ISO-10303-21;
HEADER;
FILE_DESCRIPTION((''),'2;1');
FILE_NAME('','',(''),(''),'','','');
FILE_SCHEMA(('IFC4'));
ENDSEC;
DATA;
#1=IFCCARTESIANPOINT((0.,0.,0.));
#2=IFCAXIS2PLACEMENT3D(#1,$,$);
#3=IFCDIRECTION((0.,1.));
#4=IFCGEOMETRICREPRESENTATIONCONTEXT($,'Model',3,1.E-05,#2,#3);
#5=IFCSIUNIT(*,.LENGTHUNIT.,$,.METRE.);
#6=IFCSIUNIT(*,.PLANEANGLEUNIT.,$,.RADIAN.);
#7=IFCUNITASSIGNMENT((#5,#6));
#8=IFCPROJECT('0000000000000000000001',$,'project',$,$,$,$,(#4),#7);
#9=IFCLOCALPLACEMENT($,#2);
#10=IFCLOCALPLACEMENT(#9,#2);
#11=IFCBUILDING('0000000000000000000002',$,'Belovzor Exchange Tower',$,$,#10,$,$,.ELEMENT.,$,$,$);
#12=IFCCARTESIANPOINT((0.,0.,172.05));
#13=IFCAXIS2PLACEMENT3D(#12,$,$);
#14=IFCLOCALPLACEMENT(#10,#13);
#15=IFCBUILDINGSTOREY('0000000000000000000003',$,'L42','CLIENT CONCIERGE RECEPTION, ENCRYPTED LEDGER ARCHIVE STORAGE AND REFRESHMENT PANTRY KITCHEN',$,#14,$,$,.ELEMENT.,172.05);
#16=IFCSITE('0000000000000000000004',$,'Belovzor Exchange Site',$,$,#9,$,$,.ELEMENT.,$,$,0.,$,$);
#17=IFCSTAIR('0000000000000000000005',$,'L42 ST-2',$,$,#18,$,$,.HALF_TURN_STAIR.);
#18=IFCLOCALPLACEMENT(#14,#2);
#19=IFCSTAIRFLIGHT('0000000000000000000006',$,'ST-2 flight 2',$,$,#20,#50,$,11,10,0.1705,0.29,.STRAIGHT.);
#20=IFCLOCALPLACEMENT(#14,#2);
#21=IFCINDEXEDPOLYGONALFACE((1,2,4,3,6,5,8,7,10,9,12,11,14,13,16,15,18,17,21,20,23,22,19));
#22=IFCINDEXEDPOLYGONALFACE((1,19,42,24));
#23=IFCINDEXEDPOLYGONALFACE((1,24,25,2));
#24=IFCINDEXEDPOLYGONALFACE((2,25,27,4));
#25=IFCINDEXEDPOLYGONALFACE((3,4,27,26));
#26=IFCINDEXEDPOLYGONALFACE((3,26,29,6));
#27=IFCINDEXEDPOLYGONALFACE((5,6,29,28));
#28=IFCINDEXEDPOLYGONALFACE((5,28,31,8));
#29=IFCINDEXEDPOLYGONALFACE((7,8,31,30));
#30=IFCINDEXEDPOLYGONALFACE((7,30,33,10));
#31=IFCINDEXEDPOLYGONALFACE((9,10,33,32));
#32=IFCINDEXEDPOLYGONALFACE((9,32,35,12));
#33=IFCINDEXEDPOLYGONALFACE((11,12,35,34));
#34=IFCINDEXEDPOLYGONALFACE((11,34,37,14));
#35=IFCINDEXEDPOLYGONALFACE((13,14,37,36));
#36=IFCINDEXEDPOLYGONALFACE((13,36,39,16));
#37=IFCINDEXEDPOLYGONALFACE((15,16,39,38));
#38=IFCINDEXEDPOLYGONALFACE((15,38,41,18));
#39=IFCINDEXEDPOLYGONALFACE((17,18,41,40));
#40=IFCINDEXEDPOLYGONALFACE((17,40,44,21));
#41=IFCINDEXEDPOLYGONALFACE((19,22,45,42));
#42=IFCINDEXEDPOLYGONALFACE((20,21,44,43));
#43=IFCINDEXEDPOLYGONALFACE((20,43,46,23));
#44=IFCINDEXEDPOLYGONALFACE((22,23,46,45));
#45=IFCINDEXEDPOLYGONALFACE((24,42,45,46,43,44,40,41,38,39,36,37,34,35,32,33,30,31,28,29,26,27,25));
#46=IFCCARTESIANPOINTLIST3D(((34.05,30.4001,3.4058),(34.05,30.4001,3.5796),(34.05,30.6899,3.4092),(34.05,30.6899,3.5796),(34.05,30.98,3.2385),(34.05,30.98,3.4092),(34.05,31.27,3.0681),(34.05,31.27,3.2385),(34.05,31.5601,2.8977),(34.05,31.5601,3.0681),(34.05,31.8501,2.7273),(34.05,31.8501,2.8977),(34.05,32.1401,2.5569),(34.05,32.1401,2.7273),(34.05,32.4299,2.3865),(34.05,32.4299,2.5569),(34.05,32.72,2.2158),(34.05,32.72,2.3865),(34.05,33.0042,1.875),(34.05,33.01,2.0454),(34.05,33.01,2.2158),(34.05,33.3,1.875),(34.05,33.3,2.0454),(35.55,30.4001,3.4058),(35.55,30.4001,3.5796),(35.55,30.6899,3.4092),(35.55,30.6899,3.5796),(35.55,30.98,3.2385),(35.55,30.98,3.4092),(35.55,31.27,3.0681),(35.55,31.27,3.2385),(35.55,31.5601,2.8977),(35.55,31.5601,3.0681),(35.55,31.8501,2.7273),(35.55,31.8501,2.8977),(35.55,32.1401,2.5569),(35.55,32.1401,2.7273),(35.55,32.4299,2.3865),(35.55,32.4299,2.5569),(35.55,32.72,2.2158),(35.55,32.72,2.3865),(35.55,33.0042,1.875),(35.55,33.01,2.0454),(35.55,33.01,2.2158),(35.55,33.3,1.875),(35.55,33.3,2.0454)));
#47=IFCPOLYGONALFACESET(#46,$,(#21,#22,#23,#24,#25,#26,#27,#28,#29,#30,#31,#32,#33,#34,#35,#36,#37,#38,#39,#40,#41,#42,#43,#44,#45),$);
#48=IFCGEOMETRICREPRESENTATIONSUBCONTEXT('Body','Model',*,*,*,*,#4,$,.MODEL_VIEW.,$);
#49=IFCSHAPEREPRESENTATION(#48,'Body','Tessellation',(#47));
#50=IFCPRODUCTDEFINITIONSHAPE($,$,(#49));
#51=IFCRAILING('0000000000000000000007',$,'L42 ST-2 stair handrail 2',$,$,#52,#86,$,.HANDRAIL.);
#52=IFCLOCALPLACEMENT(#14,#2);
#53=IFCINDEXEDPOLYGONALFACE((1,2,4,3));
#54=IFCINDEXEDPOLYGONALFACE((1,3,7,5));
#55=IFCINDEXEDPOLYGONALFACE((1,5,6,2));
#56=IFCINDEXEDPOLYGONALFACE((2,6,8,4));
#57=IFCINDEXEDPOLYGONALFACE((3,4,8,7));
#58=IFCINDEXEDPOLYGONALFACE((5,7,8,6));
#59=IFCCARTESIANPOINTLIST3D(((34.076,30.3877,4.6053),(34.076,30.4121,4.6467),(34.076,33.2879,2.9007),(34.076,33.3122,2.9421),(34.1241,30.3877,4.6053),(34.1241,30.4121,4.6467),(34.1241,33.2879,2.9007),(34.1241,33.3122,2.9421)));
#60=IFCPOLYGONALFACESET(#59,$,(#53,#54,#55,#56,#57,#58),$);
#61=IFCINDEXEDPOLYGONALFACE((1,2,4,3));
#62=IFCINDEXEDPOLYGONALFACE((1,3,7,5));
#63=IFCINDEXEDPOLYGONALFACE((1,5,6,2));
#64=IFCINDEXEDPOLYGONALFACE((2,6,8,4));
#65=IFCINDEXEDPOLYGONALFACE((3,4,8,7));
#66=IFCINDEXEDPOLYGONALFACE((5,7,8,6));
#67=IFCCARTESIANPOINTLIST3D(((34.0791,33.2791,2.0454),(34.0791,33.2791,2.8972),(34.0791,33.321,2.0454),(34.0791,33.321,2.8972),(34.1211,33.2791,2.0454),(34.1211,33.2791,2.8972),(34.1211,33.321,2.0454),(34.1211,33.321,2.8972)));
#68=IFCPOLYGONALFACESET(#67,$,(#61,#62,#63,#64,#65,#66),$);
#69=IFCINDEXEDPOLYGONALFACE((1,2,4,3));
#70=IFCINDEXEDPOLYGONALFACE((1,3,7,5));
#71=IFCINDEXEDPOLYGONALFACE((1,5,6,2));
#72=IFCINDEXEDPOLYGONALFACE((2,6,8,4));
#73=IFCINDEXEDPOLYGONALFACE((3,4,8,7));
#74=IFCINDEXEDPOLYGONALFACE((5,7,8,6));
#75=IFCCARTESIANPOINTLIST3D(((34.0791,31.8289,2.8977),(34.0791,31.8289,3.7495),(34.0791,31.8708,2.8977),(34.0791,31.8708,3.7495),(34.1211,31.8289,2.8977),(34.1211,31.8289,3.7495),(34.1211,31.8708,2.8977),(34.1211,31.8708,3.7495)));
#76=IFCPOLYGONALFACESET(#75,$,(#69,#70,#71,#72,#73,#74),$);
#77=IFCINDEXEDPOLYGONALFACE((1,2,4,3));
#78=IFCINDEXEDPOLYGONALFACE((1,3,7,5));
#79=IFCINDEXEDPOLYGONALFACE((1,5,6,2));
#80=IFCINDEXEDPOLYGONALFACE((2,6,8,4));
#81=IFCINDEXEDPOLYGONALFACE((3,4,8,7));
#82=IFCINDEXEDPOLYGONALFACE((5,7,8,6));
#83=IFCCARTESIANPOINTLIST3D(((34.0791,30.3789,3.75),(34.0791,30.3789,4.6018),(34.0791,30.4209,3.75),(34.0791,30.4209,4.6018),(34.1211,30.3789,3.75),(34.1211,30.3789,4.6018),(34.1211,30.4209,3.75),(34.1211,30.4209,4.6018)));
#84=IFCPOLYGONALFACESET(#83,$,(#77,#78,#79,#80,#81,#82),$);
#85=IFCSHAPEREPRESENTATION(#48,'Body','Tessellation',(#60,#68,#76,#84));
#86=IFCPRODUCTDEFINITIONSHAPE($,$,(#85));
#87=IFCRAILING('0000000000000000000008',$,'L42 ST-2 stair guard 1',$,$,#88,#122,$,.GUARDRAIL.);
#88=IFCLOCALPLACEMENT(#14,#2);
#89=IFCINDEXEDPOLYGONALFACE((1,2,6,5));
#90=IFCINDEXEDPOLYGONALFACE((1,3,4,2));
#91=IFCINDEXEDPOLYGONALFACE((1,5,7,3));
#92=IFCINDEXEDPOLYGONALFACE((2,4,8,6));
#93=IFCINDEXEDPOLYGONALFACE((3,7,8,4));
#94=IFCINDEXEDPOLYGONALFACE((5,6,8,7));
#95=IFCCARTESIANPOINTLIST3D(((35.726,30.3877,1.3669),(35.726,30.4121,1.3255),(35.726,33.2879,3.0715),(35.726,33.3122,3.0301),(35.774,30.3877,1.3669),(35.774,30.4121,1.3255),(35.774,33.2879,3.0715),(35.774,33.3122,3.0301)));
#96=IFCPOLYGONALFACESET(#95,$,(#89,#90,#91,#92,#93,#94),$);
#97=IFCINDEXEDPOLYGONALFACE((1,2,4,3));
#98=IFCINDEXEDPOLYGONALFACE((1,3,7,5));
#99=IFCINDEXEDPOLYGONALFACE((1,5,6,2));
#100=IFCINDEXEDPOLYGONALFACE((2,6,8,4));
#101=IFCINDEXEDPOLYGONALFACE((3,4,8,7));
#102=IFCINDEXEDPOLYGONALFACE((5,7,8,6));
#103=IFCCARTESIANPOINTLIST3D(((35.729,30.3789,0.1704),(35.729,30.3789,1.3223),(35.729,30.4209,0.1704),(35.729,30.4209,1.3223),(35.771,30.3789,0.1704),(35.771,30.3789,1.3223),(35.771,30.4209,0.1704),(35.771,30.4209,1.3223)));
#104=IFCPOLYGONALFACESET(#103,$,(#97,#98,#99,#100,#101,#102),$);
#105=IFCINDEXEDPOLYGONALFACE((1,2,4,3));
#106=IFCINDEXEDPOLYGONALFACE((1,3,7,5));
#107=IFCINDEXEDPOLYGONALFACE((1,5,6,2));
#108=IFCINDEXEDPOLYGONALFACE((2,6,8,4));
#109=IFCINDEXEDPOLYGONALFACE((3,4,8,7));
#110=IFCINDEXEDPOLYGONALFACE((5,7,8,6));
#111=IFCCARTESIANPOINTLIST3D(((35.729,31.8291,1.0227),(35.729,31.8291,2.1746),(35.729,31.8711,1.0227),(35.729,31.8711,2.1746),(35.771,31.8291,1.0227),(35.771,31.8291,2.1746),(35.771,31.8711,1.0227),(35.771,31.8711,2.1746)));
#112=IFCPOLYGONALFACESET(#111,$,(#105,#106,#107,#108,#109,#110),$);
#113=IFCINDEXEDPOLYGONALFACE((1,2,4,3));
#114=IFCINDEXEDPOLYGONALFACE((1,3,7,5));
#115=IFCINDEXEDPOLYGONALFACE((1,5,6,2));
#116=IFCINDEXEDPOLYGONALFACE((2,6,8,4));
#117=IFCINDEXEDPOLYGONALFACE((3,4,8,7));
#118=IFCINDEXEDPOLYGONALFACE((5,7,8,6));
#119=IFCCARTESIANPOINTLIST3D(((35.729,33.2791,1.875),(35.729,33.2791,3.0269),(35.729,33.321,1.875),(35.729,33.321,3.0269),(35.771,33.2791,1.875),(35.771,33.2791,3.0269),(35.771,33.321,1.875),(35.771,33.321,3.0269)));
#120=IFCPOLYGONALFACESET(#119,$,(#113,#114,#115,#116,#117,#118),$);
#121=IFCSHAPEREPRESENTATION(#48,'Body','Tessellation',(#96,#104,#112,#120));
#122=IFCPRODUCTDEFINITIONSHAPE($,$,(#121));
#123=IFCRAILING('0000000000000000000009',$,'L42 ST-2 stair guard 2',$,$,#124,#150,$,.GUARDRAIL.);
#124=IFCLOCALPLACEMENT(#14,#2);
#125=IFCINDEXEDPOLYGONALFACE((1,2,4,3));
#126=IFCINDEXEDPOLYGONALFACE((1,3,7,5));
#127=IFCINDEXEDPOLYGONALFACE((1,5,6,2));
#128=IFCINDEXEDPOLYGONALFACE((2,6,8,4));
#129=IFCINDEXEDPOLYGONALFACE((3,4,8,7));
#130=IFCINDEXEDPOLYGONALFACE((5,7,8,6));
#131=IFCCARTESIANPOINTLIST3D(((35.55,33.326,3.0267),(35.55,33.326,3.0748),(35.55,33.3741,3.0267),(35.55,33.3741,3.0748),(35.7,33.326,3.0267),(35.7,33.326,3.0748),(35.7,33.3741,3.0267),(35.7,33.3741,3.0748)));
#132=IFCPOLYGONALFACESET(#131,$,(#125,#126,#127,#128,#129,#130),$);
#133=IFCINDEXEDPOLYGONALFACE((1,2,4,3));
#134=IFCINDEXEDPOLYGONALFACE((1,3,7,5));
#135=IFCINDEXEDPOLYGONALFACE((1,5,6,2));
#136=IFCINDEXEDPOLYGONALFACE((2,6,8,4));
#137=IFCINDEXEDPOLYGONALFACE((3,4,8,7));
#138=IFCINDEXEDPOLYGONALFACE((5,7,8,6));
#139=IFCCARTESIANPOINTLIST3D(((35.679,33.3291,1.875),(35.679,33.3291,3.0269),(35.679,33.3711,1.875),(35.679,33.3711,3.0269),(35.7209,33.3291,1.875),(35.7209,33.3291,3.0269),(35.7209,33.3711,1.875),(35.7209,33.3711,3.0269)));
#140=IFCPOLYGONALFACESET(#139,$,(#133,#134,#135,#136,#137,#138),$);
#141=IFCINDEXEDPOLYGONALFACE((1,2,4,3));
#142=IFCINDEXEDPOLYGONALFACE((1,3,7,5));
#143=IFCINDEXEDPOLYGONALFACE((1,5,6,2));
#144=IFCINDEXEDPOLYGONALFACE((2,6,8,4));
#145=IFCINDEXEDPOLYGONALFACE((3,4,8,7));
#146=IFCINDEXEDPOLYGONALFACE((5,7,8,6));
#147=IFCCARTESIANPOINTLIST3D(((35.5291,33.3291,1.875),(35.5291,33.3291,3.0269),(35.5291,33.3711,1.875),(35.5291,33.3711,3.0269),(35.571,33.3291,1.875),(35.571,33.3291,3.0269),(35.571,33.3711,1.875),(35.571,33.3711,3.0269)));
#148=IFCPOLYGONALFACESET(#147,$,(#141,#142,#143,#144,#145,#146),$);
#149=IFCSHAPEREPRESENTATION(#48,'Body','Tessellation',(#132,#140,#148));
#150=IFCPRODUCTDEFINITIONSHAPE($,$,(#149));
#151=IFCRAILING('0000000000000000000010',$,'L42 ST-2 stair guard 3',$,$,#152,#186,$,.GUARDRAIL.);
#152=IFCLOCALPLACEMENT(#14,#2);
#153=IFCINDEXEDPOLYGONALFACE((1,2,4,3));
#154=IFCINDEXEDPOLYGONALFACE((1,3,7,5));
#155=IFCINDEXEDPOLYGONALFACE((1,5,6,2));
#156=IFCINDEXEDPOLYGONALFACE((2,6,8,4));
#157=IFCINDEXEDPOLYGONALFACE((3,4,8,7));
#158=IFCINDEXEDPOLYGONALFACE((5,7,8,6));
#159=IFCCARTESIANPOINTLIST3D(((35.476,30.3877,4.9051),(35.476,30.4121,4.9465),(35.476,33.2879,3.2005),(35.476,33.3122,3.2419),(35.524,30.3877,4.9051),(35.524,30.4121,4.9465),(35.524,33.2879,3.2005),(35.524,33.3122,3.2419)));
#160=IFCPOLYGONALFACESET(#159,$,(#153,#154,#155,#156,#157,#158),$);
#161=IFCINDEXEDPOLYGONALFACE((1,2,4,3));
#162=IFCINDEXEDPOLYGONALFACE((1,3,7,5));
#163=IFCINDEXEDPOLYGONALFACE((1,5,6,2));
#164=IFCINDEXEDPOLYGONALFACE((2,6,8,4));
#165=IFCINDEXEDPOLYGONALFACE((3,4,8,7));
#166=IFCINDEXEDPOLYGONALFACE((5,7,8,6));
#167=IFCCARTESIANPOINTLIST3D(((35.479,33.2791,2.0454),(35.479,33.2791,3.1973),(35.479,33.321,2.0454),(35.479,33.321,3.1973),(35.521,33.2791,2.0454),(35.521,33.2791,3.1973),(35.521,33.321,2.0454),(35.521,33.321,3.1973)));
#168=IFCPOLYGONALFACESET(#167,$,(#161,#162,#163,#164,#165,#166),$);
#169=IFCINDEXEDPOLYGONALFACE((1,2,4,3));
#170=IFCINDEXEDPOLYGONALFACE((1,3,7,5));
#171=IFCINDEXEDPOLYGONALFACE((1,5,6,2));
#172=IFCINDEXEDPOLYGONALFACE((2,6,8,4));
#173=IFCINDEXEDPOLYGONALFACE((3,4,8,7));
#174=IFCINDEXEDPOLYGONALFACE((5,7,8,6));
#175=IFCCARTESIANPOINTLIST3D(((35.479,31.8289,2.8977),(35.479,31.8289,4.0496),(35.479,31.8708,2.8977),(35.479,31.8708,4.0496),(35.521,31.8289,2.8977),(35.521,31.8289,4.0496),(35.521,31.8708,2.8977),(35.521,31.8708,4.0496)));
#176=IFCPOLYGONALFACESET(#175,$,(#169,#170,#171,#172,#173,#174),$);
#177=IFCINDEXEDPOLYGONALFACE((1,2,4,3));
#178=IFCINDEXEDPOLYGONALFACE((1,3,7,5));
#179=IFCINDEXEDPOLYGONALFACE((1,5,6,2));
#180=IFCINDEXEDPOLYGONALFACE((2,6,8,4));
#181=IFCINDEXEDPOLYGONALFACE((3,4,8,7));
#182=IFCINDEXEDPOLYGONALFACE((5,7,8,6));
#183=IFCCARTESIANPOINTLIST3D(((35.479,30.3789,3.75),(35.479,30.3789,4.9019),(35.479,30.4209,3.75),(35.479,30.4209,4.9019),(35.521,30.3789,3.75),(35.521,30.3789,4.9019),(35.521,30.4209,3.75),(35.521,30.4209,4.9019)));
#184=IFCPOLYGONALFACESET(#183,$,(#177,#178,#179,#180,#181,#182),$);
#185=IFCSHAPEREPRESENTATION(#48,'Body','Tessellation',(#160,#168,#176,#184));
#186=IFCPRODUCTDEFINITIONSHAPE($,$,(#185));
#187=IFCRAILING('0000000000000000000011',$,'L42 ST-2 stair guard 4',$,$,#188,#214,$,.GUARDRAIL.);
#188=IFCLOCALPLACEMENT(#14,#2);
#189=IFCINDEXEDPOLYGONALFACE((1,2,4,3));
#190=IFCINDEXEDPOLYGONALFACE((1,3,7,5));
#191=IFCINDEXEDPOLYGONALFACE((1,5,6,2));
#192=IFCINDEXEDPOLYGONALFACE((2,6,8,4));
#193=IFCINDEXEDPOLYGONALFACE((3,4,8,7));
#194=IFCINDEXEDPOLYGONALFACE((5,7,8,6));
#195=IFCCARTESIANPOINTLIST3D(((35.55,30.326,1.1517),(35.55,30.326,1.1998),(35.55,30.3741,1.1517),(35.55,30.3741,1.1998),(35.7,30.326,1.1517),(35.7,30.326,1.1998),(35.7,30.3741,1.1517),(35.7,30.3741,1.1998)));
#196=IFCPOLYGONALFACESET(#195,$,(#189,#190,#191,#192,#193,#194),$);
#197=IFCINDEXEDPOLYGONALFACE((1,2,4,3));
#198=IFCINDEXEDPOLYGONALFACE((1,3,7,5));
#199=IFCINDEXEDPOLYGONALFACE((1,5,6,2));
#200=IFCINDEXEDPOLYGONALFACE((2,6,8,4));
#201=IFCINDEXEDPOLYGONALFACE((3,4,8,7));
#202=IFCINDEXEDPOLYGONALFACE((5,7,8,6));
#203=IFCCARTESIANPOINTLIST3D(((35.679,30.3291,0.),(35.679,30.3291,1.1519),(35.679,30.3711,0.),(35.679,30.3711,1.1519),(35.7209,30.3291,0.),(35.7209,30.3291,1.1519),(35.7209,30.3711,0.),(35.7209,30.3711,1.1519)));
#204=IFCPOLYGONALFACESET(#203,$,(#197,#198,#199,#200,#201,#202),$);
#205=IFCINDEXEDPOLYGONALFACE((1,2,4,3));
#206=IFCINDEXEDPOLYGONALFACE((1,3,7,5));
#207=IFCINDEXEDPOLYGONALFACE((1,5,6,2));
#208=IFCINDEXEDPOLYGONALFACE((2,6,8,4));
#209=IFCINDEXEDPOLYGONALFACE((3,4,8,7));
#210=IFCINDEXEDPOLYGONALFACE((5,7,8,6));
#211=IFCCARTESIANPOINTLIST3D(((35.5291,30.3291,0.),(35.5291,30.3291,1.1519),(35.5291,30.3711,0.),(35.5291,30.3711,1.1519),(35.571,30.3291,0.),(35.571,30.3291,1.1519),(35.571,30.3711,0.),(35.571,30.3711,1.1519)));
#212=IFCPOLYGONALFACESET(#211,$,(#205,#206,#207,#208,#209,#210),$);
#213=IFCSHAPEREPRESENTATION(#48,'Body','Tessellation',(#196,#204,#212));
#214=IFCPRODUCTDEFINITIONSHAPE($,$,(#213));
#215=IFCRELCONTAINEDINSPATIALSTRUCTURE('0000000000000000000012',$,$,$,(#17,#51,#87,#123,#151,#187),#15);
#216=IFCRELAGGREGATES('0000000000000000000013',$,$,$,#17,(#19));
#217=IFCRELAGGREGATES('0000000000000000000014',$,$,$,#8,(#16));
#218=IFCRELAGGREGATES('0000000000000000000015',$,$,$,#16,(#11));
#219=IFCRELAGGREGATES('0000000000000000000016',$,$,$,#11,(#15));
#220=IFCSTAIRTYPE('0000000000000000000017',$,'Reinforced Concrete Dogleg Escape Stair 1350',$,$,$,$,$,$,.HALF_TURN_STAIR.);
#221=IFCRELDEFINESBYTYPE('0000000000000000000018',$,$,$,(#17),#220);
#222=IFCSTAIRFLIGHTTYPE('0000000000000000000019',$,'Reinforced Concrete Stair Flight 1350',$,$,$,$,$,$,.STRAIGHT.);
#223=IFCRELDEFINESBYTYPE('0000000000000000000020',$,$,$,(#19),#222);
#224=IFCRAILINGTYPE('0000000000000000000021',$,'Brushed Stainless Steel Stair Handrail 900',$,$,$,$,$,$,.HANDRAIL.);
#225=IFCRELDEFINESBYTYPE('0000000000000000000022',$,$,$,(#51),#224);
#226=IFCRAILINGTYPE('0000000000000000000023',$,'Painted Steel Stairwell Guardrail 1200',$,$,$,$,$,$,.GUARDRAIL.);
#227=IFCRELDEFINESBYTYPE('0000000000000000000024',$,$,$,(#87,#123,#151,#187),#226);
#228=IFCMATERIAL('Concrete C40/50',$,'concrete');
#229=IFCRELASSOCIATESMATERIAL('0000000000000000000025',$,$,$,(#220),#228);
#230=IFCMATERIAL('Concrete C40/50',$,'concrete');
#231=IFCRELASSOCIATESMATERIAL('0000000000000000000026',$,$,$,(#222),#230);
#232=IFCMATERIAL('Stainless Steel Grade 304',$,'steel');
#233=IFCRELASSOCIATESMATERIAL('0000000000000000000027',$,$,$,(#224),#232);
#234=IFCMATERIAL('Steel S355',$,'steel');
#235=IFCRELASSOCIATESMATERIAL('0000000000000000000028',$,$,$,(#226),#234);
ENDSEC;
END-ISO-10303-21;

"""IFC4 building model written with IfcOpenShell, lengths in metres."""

from ifc_helpers import new_model, si_unit, direction, frame, origin, origin_2d, place, context, subcontext, project, spatial, polyline, rectangle, outline, extrude, material, type_object, element, aggregate, save


model = new_model("IFC4")

# Units and contexts
model_context = context("Model", 3, precision=1e-05, world=origin(), true_north=direction((0.0, 1.0)))
body_context = subcontext(model_context, "Body", "Model", "MODEL_VIEW")
ifc_project = project(units=[si_unit("LENGTHUNIT", "METRE"), si_unit("PLANEANGLEUNIT", "RADIAN")], contexts=[model_context])

# Site, building, storey
site_placement = place(None, origin())
site = spatial("IfcSite", under=ifc_project, at=site_placement, Name="Belovzor Exchange Site", CompositionType="ELEMENT", RefElevation=0.0)
building_placement = place(site_placement, origin())
building = spatial("IfcBuilding", under=site, at=building_placement, Name="Belovzor Exchange Tower", CompositionType="ELEMENT")
storey_placement = place(building_placement, frame((0.0, 0.0, 172.05)))
storey = spatial("IfcBuildingStorey", under=building, at=storey_placement, Name="L42", Description="CLIENT CONCIERGE RECEPTION, ENCRYPTED LEDGER ARCHIVE STORAGE AND REFRESHMENT PANTRY KITCHEN", CompositionType="ELEMENT", Elevation=172.05)

# Stair, stair flight
ifc_material_1 = material(Name="Concrete C40/50", Category="concrete")
stair_type = type_object("IfcStairType", Name="Reinforced Concrete Dogleg Escape Stair 1350", PredefinedType="HALF_TURN_STAIR", material=ifc_material_1)
stair_placement = place(storey_placement, origin())
stair = element("IfcStair", 1, at=stair_placement, inside=storey, type_object=stair_type, Name="L42 ST-2", PredefinedType="HALF_TURN_STAIR")
ifc_material_2 = material(Name="Concrete C40/50", Category="concrete")
stair_flight_type = type_object("IfcStairFlightType", Name="Reinforced Concrete Stair Flight 1350", PredefinedType="STRAIGHT", material=ifc_material_2)
stair_flight_placement = place(storey_placement, frame((34.8, 33.3, 1.875), z_axis=(0.0, 0.0, 1.0), x_axis=(0.0, -1.0, 0.0)))
stair_flight = element("IfcStairFlight", 2, at=stair_flight_placement, type_object=stair_flight_type, Name="ST-2 flight 2", NumberOfRisers=11, NumberOfTreads=10, PredefinedType="STRAIGHT", RiserHeight=0.1705, TreadLength=0.29, context=body_context, shape_type="SweptSolid", body=[
    extrude(outline(polyline([(0.0, 0.0), (0.0, 0.1704), (0.29, 0.1704), (0.29, 0.3408), (0.5801, 0.3408), (0.5801, 0.5115), (0.8701, 0.5115), (0.8701, 0.6819), (1.1599, 0.6819), (1.1599, 0.8523), (1.45, 0.8523), (1.45, 1.0227), (1.74, 1.0227), (1.74, 1.1931), (2.03, 1.1931), (2.03, 1.3635), (2.3201, 1.3635), (2.3201, 1.5342), (2.6101, 1.5342), (2.6101, 1.7046), (2.8999, 1.7046), (2.8999, 1.875), (2.8999, 1.5308), (0.2959, 0.0), (0.0, 0.0)])), frame((0.0, 0.75, 0.0), z_axis=(0.0, -1.0, 0.0), x_axis=(1.0, 0.0, 0.0)), (0.0, 0.0, 1.0), 1.5),
])
aggregate(stair, [stair_flight])

# Railings
ifc_material_3 = material(Name="Stainless Steel Grade 304", Category="steel")
railing_type_1 = type_object("IfcRailingType", Name="Brushed Stainless Steel Stair Handrail 900", PredefinedType="HANDRAIL", material=ifc_material_3)
railing_1_placement = place(storey_placement, frame((34.1001, 33.3, 2.0454)))
element("IfcRailing", 3, at=railing_1_placement, inside=storey, type_object=railing_type_1, Name="L42 ST-2 stair handrail 2", PredefinedType="HANDRAIL", context=body_context, shape_type="SweptSolid", body=[
    extrude(rectangle(XDim=0.0481, YDim=0.0481, at=origin_2d()), frame((0.0, 0.0, 0.876), z_axis=(0.0, -0.862113, 0.506716), x_axis=(1.0, 0.0, 0.0)), (0.0, 0.0, 1.0), 3.364),
    extrude(rectangle(XDim=0.042, YDim=0.042, at=origin_2d()), origin(), (0.0, 0.0, 1.0), 0.8518),
    extrude(rectangle(XDim=0.042, YDim=0.042, at=origin_2d()), frame((0.0, -1.4502, 0.8523)), (0.0, 0.0, 1.0), 0.8518),
    extrude(rectangle(XDim=0.042, YDim=0.042, at=origin_2d()), frame((0.0, -2.9001, 1.7046)), (0.0, 0.0, 1.0), 0.8518),
])
ifc_material_4 = material(Name="Steel S355", Category="steel")
railing_type_2 = type_object("IfcRailingType", Name="Painted Steel Stairwell Guardrail 1200", PredefinedType="GUARDRAIL", material=ifc_material_4)
railing_2_placement = place(storey_placement, frame((35.75, 30.3999, 0.1704)))
element("IfcRailing", 4, at=railing_2_placement, inside=storey, type_object=railing_type_2, Name="L42 ST-2 stair guard 1", PredefinedType="GUARDRAIL", context=body_context, shape_type="SweptSolid", body=[
    extrude(rectangle(XDim=0.0481, YDim=0.0481, at=origin_2d()), frame((0.0, 0.0, 1.1758), z_axis=(0.0, 0.862113, 0.506716), x_axis=(-1.0, 0.0, 0.0)), (0.0, 0.0, 1.0), 3.364),
    extrude(rectangle(XDim=0.042, YDim=0.042, at=origin_2d()), origin(), (0.0, 0.0, 1.0), 1.1519),
    extrude(rectangle(XDim=0.042, YDim=0.042, at=origin_2d()), frame((0.0, 1.4502, 0.8523)), (0.0, 0.0, 1.0), 1.1519),
    extrude(rectangle(XDim=0.042, YDim=0.042, at=origin_2d()), frame((0.0, 2.9001, 1.7046)), (0.0, 0.0, 1.0), 1.1519),
])
railing_3_placement = place(storey_placement, frame((35.7, 33.3501, 1.875)))
element("IfcRailing", 5, at=railing_3_placement, inside=storey, type_object=railing_type_2, Name="L42 ST-2 stair guard 2", PredefinedType="GUARDRAIL", context=body_context, shape_type="SweptSolid", body=[
    extrude(rectangle(XDim=0.0481, YDim=0.0481, at=origin_2d()), frame((0.0, 0.0, 1.1758), z_axis=(-1.0, 0.0, 0.0), x_axis=(0.0, -1.0, 0.0)), (0.0, 0.0, 1.0), 0.1499),
    extrude(rectangle(XDim=0.042, YDim=0.042, at=origin_2d()), origin(), (0.0, 0.0, 1.0), 1.1519),
    extrude(rectangle(XDim=0.042, YDim=0.042, at=origin_2d()), frame((-0.1499, 0.0, 0.0)), (0.0, 0.0, 1.0), 1.1519),
])
railing_4_placement = place(storey_placement, frame((35.5, 33.3, 2.0454)))
element("IfcRailing", 6, at=railing_4_placement, inside=storey, type_object=railing_type_2, Name="L42 ST-2 stair guard 3", PredefinedType="GUARDRAIL", context=body_context, shape_type="SweptSolid", body=[
    extrude(rectangle(XDim=0.0481, YDim=0.0481, at=origin_2d()), frame((0.0, 0.0, 1.1758), z_axis=(0.0, -0.862113, 0.506716), x_axis=(1.0, 0.0, 0.0)), (0.0, 0.0, 1.0), 3.364),
    extrude(rectangle(XDim=0.042, YDim=0.042, at=origin_2d()), origin(), (0.0, 0.0, 1.0), 1.1519),
    extrude(rectangle(XDim=0.042, YDim=0.042, at=origin_2d()), frame((0.0, -1.4502, 0.8523)), (0.0, 0.0, 1.0), 1.1519),
    extrude(rectangle(XDim=0.042, YDim=0.042, at=origin_2d()), frame((0.0, -2.9001, 1.7046)), (0.0, 0.0, 1.0), 1.1519),
])
railing_5_placement = place(storey_placement, frame((35.7, 30.3501, 0.0)))
element("IfcRailing", 7, at=railing_5_placement, inside=storey, type_object=railing_type_2, Name="L42 ST-2 stair guard 4", PredefinedType="GUARDRAIL", context=body_context, shape_type="SweptSolid", body=[
    extrude(rectangle(XDim=0.0481, YDim=0.0481, at=origin_2d()), frame((0.0, 0.0, 1.1758), z_axis=(-1.0, 0.0, 0.0), x_axis=(0.0, -1.0, 0.0)), (0.0, 0.0, 1.0), 0.1499),
    extrude(rectangle(XDim=0.042, YDim=0.042, at=origin_2d()), origin(), (0.0, 0.0, 1.0), 1.1519),
    extrude(rectangle(XDim=0.042, YDim=0.042, at=origin_2d()), frame((-0.1499, 0.0, 0.0)), (0.0, 0.0, 1.0), 1.1519),
])

save(model, "model.ifc")
